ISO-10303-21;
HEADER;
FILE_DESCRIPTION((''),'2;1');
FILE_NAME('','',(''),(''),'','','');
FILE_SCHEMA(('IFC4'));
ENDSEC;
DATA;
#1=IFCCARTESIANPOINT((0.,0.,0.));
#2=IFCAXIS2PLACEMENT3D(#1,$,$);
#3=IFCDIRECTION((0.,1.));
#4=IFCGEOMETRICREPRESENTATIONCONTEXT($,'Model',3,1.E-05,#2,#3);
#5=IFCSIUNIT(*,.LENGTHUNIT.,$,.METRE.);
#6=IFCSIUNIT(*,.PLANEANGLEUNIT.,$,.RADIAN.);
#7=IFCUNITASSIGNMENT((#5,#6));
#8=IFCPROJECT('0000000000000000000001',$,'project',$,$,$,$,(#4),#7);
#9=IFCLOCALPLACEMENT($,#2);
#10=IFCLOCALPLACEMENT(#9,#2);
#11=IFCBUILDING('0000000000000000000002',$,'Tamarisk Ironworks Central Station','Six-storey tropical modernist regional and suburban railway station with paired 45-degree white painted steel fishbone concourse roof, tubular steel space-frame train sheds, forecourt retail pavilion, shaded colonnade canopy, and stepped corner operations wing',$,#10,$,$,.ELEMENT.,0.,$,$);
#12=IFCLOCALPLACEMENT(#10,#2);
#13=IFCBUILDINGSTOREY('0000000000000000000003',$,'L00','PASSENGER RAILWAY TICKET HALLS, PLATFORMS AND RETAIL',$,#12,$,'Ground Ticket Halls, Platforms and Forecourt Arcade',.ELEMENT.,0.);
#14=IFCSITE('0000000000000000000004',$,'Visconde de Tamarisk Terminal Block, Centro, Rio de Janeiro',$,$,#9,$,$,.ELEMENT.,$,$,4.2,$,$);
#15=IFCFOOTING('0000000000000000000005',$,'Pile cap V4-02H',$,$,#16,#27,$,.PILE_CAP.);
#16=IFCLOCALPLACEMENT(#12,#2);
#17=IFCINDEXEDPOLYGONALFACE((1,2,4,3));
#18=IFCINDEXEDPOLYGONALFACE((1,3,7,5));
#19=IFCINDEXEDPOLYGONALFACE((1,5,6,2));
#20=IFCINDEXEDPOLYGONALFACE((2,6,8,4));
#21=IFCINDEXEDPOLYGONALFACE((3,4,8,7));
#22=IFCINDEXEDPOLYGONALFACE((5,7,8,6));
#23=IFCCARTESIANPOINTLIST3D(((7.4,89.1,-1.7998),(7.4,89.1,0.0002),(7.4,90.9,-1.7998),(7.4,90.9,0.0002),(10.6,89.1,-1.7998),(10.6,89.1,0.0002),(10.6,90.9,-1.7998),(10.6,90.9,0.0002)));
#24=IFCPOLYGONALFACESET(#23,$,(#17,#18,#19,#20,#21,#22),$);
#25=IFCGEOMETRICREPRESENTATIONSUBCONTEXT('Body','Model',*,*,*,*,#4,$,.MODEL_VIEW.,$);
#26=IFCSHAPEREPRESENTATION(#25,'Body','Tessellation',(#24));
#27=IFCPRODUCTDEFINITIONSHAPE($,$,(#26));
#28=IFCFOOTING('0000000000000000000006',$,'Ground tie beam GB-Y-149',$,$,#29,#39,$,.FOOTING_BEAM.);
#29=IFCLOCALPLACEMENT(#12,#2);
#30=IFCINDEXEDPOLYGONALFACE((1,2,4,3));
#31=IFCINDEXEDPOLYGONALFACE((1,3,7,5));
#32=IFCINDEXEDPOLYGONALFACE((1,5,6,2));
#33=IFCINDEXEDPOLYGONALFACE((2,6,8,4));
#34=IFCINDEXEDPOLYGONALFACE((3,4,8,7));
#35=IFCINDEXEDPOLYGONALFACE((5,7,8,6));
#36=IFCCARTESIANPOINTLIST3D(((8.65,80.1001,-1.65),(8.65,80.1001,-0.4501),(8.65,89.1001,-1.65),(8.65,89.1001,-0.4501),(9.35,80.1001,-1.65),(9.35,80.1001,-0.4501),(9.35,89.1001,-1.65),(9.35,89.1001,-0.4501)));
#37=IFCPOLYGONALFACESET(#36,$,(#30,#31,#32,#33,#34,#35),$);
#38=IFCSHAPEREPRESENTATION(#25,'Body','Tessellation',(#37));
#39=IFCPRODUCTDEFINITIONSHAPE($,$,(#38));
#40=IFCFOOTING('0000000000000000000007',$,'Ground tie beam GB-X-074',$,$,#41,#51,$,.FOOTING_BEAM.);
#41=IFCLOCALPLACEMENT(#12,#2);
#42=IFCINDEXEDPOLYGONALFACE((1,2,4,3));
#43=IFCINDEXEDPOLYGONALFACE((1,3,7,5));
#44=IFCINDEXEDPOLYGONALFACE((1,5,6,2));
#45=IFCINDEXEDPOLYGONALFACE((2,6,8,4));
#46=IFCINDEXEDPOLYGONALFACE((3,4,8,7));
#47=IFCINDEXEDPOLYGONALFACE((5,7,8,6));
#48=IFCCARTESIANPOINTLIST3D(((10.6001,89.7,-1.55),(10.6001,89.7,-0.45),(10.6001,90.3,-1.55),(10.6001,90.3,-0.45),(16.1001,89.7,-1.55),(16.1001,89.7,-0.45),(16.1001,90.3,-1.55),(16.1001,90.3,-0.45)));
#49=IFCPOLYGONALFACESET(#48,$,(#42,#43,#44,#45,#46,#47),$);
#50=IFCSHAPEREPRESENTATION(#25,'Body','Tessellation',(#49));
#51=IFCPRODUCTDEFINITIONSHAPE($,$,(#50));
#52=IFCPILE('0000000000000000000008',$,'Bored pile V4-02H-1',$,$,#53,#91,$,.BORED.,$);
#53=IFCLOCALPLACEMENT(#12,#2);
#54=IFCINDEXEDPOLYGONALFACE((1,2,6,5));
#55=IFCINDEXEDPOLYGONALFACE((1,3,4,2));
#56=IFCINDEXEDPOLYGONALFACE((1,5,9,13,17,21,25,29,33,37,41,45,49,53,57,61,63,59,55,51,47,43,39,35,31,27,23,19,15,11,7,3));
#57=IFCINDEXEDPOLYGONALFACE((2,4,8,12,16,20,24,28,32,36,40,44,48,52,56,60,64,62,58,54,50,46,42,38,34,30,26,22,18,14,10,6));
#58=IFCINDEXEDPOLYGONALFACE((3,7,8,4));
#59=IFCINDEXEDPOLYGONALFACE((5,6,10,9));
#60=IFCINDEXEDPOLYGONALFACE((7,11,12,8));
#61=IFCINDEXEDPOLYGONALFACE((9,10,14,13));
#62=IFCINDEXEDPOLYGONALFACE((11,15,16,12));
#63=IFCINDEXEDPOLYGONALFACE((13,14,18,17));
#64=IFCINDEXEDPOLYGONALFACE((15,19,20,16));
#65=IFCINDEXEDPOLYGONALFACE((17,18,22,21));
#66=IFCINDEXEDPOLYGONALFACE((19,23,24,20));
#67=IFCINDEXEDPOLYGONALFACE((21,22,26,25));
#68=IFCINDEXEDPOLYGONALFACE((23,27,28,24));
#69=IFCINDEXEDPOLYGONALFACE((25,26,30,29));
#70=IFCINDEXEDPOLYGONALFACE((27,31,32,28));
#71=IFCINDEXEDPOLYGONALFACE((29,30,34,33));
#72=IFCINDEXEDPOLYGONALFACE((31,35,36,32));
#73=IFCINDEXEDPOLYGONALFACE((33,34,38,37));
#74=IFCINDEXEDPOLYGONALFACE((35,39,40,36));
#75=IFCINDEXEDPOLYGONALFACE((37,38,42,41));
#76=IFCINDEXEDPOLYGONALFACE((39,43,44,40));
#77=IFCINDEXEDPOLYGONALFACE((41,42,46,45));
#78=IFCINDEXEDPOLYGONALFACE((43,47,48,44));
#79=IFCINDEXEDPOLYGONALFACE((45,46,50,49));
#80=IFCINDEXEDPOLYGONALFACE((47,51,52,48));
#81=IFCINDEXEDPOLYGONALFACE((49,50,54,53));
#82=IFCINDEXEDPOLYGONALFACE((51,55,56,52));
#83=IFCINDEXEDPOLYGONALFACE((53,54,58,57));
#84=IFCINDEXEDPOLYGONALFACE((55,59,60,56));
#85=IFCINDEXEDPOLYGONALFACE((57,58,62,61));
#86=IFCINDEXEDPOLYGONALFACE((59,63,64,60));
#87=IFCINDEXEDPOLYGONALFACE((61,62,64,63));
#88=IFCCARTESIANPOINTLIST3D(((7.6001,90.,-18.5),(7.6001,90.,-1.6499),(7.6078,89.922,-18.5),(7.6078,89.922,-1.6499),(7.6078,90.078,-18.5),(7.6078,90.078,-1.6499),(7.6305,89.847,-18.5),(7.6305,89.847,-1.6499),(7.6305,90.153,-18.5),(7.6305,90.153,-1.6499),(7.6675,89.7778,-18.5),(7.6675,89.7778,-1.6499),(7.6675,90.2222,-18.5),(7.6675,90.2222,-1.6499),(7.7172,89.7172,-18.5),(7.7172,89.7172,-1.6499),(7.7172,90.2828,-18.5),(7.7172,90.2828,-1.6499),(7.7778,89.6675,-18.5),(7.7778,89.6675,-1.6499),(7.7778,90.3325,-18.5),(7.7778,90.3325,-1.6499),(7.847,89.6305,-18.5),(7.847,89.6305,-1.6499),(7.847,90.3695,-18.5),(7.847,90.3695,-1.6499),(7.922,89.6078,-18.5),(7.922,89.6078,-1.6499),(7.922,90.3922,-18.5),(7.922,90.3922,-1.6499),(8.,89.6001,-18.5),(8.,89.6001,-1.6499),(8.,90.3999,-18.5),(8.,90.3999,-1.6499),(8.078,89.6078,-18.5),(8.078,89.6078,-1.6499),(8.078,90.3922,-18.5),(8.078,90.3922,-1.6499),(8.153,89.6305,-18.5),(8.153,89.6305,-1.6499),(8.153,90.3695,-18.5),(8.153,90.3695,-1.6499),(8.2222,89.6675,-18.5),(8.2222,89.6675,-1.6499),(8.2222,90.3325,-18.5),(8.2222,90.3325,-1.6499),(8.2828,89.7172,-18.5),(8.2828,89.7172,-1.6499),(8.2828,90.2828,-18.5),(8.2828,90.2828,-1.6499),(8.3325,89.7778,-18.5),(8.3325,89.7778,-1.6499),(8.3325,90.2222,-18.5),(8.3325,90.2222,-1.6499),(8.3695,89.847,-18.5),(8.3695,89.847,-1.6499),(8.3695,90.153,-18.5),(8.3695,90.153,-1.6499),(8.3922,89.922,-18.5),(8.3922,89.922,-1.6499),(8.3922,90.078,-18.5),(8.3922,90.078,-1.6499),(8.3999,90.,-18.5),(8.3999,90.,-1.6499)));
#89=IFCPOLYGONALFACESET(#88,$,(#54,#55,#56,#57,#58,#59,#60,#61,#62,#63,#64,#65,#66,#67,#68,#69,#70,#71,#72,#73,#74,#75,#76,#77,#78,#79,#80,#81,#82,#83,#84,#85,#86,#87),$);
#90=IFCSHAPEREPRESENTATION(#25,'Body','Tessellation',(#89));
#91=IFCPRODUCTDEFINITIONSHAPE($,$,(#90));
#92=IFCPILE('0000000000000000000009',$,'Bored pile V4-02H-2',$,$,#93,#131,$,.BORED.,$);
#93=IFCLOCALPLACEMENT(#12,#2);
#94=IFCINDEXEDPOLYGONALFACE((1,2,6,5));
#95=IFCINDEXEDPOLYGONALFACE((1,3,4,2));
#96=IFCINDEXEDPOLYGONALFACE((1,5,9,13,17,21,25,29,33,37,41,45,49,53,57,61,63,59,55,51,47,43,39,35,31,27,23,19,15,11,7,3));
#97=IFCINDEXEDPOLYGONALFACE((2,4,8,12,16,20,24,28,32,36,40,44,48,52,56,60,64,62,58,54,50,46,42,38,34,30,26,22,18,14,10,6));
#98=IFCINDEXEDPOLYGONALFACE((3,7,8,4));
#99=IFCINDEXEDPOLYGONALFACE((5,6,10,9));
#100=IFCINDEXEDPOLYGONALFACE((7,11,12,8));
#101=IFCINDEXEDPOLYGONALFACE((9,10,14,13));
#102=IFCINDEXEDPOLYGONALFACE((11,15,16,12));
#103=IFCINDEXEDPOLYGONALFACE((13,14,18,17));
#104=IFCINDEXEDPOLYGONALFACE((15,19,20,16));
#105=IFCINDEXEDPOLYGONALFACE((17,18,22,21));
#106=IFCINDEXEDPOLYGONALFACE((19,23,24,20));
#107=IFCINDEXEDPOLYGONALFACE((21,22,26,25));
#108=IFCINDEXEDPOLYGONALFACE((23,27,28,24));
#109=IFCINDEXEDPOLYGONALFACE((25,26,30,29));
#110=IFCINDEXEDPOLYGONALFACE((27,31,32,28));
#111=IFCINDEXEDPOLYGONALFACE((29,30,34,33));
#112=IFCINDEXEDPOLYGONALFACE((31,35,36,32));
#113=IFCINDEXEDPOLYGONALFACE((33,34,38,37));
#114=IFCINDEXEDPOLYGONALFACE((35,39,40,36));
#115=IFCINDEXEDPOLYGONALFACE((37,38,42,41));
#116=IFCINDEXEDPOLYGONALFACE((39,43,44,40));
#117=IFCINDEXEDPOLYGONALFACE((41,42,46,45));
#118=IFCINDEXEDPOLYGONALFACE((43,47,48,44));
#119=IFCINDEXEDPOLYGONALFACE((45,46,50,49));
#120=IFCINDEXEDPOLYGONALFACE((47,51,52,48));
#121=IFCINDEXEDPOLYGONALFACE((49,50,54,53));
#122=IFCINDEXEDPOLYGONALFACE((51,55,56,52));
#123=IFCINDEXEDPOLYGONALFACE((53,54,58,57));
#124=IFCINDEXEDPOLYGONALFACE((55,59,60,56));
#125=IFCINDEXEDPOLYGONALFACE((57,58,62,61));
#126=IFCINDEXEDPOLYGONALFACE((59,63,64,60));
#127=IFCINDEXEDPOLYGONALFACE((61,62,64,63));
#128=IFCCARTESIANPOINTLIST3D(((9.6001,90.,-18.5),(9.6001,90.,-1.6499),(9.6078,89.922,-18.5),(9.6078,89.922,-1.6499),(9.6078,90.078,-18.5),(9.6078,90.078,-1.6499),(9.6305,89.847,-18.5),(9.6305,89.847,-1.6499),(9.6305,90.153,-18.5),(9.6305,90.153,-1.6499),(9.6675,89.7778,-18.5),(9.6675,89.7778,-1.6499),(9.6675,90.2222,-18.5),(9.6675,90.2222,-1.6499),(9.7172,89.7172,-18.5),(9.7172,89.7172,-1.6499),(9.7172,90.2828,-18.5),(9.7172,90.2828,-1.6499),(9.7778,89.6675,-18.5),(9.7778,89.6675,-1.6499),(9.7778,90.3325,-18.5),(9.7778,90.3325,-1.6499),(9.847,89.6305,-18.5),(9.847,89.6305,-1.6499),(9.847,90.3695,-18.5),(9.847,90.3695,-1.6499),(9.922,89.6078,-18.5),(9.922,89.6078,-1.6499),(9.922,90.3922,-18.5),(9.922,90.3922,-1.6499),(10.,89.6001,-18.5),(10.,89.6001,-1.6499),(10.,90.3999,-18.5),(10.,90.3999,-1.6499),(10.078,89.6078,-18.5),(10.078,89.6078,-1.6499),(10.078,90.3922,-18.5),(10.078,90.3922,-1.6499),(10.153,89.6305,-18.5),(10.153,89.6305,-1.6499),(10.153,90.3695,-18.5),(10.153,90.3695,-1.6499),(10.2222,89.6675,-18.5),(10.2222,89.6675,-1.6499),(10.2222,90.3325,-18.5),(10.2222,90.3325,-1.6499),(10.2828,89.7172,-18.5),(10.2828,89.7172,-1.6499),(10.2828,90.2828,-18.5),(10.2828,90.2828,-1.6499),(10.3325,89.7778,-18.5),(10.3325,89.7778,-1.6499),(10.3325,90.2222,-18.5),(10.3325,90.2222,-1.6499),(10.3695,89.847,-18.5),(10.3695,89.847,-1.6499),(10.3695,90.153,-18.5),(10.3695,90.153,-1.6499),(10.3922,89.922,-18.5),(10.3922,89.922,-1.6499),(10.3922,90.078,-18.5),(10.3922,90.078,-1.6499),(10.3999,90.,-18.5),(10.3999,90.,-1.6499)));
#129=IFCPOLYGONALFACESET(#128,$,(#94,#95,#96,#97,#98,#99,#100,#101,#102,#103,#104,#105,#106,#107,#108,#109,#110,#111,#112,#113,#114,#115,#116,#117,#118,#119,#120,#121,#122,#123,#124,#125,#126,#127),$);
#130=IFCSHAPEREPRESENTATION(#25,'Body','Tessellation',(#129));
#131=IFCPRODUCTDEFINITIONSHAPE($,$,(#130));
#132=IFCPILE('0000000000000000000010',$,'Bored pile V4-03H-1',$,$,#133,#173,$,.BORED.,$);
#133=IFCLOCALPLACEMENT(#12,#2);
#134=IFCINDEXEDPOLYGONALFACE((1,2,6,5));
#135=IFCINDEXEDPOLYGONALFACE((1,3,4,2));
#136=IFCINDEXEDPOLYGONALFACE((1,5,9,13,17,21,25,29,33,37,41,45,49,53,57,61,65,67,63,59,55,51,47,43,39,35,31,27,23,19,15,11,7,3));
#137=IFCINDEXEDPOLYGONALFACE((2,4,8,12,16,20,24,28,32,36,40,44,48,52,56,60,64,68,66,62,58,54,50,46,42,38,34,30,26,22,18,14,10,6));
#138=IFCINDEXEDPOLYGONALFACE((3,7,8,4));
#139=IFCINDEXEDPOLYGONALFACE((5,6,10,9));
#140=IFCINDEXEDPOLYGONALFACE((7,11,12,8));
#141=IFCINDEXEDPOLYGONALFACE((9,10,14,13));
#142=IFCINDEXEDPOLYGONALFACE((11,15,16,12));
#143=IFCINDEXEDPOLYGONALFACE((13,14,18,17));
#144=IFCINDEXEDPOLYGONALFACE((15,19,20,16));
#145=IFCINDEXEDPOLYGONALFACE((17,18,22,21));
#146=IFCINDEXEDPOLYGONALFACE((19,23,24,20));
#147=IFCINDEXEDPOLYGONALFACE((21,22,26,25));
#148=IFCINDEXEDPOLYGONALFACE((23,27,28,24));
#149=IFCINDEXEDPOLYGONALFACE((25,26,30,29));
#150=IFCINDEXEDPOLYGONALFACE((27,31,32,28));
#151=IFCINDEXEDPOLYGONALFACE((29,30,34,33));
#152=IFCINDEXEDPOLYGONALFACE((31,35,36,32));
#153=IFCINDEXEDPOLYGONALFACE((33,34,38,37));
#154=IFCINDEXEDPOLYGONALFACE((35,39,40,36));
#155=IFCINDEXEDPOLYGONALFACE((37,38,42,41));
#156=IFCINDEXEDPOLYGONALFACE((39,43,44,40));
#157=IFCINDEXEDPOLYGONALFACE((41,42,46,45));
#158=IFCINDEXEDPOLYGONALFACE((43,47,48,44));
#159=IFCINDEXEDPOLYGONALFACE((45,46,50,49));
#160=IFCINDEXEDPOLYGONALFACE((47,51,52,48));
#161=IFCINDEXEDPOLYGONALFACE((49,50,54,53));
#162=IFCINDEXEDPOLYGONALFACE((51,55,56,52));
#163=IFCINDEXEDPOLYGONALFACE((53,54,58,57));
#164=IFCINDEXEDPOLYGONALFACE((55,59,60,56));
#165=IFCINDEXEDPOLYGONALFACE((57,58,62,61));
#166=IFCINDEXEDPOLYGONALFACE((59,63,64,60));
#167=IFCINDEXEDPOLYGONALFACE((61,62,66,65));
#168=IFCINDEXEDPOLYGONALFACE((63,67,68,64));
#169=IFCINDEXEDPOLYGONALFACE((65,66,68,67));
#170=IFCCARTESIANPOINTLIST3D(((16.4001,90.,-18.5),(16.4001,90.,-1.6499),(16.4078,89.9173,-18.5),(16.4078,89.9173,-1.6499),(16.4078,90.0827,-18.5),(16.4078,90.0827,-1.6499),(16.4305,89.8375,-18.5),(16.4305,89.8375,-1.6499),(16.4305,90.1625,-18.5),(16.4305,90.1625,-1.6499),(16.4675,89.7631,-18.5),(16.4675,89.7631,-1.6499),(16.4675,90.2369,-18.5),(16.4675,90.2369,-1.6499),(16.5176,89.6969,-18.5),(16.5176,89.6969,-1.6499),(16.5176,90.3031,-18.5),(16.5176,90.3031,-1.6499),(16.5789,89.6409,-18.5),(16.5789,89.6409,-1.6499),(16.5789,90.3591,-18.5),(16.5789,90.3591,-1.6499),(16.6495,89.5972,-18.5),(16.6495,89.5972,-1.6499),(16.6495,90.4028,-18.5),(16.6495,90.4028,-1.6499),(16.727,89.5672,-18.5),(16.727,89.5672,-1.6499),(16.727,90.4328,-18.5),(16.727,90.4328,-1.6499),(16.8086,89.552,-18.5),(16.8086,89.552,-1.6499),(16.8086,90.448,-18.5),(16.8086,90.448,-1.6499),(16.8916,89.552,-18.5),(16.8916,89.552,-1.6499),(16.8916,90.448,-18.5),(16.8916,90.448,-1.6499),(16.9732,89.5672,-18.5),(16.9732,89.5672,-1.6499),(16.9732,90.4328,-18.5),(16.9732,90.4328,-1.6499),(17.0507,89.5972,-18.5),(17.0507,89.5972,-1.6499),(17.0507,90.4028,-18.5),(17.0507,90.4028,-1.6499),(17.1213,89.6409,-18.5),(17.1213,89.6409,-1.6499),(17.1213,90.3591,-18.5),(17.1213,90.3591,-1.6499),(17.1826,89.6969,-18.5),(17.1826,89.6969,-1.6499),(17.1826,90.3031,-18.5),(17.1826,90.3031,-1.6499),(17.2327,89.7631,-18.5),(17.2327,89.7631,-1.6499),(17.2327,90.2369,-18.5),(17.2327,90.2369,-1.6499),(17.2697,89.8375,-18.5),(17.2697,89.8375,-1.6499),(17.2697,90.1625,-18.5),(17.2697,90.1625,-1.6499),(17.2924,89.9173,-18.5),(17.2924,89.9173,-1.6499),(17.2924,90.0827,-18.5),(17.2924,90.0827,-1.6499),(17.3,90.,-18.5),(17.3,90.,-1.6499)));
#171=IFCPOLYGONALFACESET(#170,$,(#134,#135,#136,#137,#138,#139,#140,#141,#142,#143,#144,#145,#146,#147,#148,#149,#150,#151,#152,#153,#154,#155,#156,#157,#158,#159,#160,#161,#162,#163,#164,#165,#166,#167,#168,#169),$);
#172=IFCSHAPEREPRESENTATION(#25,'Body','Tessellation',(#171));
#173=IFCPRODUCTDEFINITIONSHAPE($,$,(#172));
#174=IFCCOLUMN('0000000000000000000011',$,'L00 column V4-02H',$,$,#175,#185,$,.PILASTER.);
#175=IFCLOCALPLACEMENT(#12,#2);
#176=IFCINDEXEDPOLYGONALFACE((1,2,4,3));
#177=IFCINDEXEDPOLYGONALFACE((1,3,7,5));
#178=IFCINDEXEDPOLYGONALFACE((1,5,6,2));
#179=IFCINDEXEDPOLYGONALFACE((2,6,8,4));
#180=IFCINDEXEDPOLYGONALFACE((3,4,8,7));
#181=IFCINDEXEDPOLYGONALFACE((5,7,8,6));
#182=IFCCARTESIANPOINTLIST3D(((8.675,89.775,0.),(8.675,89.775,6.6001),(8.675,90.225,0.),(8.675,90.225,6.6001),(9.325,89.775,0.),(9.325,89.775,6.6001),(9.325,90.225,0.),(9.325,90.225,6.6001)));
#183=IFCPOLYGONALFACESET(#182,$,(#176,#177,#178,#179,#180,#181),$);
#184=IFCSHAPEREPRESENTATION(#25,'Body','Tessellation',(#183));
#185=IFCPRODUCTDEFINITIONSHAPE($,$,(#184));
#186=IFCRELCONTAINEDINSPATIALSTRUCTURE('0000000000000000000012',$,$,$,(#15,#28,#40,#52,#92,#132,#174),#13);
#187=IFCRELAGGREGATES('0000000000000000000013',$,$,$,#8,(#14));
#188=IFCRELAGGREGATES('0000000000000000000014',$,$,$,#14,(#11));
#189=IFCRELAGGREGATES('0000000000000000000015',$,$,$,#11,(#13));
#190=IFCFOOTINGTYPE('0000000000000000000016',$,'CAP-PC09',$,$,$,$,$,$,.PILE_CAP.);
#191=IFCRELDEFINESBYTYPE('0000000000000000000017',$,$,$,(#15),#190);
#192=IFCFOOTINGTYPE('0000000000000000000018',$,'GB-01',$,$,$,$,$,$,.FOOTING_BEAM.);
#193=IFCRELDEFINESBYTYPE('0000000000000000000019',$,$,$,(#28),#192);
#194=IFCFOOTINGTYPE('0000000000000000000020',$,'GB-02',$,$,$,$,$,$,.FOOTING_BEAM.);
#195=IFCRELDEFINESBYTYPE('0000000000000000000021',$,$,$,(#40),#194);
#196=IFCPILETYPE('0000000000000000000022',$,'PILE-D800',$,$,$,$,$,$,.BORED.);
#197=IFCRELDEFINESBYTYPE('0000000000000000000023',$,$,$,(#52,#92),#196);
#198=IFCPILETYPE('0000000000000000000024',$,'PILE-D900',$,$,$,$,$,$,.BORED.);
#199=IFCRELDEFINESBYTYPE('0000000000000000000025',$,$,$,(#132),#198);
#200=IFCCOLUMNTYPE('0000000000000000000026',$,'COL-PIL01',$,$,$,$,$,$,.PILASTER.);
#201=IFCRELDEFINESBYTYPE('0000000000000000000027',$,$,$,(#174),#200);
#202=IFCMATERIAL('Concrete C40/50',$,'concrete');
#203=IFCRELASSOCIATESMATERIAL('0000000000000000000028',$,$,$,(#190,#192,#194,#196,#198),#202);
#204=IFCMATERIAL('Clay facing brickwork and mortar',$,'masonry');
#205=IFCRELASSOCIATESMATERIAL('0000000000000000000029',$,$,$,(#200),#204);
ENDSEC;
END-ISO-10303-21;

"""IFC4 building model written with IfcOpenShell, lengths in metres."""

from ifc_helpers import new_model, si_unit, direction, frame, origin, origin_2d, place, context, subcontext, project, spatial, rectangle, circle, extrude, material, material_profile, profile_set, type_object, element, save


model = new_model("IFC4")

# Units and contexts
model_context = context("Model", 3, precision=1e-05, world=origin(), true_north=direction((0.0, 1.0)))
body_context = subcontext(model_context, "Body", "Model", "MODEL_VIEW")
ifc_project = project(units=[si_unit("LENGTHUNIT", "METRE"), si_unit("PLANEANGLEUNIT", "RADIAN")], contexts=[model_context])

# Site, building, storey
site_placement = place(None, origin())
site = spatial("IfcSite", under=ifc_project, at=site_placement, Name="Visconde de Tamarisk Terminal Block, Centro, Rio de Janeiro", CompositionType="ELEMENT", RefElevation=4.2)
building_placement = place(site_placement, origin())
building = spatial("IfcBuilding", under=site, at=building_placement, Name="Tamarisk Ironworks Central Station", Description="Six-storey tropical modernist regional and suburban railway station with paired 45-degree white painted steel fishbone concourse roof, tubular steel space-frame train sheds, forecourt retail pavilion, shaded colonnade canopy, and stepped corner operations wing", CompositionType="ELEMENT", ElevationOfRefHeight=0.0)
storey_placement = place(building_placement, origin())
storey = spatial("IfcBuildingStorey", under=building, at=storey_placement, Name="L00", Description="PASSENGER RAILWAY TICKET HALLS, PLATFORMS AND RETAIL", LongName="Ground Ticket Halls, Platforms and Forecourt Arcade", CompositionType="ELEMENT", Elevation=0.0)

# Footings
ifc_material_1 = material(Name="Concrete C40/50", Category="concrete")
footing_type_1 = type_object("IfcFootingType", Name="CAP-PC09", PredefinedType="PILE_CAP", material=ifc_material_1)
footing_1_placement = place(storey_placement, frame((9.0, 90.0, -1.7998), z_axis=(0.0, 0.0, 1.0), x_axis=(1.0, 0.0, 0.0)))
element("IfcFooting", 1, at=footing_1_placement, inside=storey, type_object=footing_type_1, Name="Pile cap V4-02H", PredefinedType="PILE_CAP", context=body_context, shape_type="SweptSolid", body=[
    extrude(rectangle(XDim=3.2, YDim=1.8, at=origin_2d()), origin(), (0.0, 0.0, 1.0), 1.8),
])
ifc_material_profile_1 = material_profile(ifc_material_1, rectangle(XDim=0.7, YDim=1.2, at=origin_2d()), Name="GB01 700x1200")
ifc_profile_set_1 = profile_set([ifc_material_profile_1], Name="Concrete C40/50")
footing_type_2 = type_object("IfcFootingType", Name="GB-01", PredefinedType="FOOTING_BEAM", material=ifc_profile_set_1)
footing_2_placement = place(storey_placement, frame((9.0, 80.1001, -1.05), z_axis=(0.0, 1.0, 0.0), x_axis=(-1.0, 0.0, 0.0)))
element("IfcFooting", 2, at=footing_2_placement, inside=storey, type_object=footing_type_2, Name="Ground tie beam GB-Y-149", PredefinedType="FOOTING_BEAM", context=body_context, shape_type="SweptSolid", body=[
    extrude(rectangle(XDim=0.7, YDim=1.2, at=origin_2d()), origin(), (0.0, 0.0, 1.0), 9.0),
])
ifc_material_profile_2 = material_profile(ifc_material_1, rectangle(XDim=0.6001, YDim=1.1001, at=origin_2d()), Name="GB02 600x1100")
ifc_profile_set_2 = profile_set([ifc_material_profile_2], Name="Concrete C40/50")
footing_type_3 = type_object("IfcFootingType", Name="GB-02", PredefinedType="FOOTING_BEAM", material=ifc_profile_set_2)
footing_3_placement = place(storey_placement, frame((10.6001, 90.0, -1.0), z_axis=(1.0, 0.0, 0.0), x_axis=(0.0, 1.0, 0.0)))
element("IfcFooting", 3, at=footing_3_placement, inside=storey, type_object=footing_type_3, Name="Ground tie beam GB-X-074", PredefinedType="FOOTING_BEAM", context=body_context, shape_type="SweptSolid", body=[
    extrude(rectangle(XDim=0.6001, YDim=1.1001, at=origin_2d()), origin(), (0.0, 0.0, 1.0), 5.5),
])

# Piles
ifc_material_profile_3 = material_profile(ifc_material_1, circle(Radius=0.3999, at=origin_2d()), Name="BORED PILE D800")
ifc_profile_set_3 = profile_set([ifc_material_profile_3], Name="Concrete C40/50")
pile_type_1 = type_object("IfcPileType", Name="PILE-D800", PredefinedType="BORED", material=ifc_profile_set_3)
for number, where, z_axis, x_axis, name in (
    (4, (8.0, 90.0, -1.6499), (0.0, 0.0, -1.0), (1.0, 0.0, 0.0), "Bored pile V4-02H-1"),
    (5, (10.0, 90.0, -1.6499), (0.0, 0.0, -1.0), (1.0, 0.0, 0.0), "Bored pile V4-02H-2"),
):
    element("IfcPile", number, at=place(storey_placement, frame(where, z_axis=z_axis, x_axis=x_axis)), inside=storey, type_object=pile_type_1, Name=name, PredefinedType="BORED", context=body_context, shape_type="SweptSolid", body=[
        extrude(circle(Radius=0.3999, at=origin_2d()), origin(), (0.0, 0.0, 1.0), 16.8501),
    ])
ifc_material_profile_4 = material_profile(ifc_material_1, circle(Radius=0.45, at=origin_2d()), Name="BORED PILE D900")
ifc_profile_set_4 = profile_set([ifc_material_profile_4], Name="Concrete C40/50")
pile_type_2 = type_object("IfcPileType", Name="PILE-D900", PredefinedType="BORED", material=ifc_profile_set_4)
pile_placement = place(storey_placement, frame((16.8501, 90.0, -1.6499), z_axis=(0.0, 0.0, -1.0), x_axis=(1.0, 0.0, 0.0)))
element("IfcPile", 6, at=pile_placement, inside=storey, type_object=pile_type_2, Name="Bored pile V4-03H-1", PredefinedType="BORED", context=body_context, shape_type="SweptSolid", body=[
    extrude(circle(Radius=0.45, at=origin_2d()), origin(), (0.0, 0.0, 1.0), 16.8501),
])

# Column
ifc_material_2 = material(Name="Clay facing brickwork and mortar", Category="masonry")
ifc_material_profile_5 = material_profile(ifc_material_2, rectangle(XDim=0.6499, YDim=0.45, at=origin_2d()), Name="PIL 650x450")
ifc_profile_set_5 = profile_set([ifc_material_profile_5], Name="Clay facing brickwork and mortar")
column_type = type_object("IfcColumnType", Name="COL-PIL01", PredefinedType="PILASTER", material=ifc_profile_set_5)
column_placement = place(storey_placement, frame((9.0, 90.0, 0.0), z_axis=(0.0, 0.0, 1.0), x_axis=(1.0, 0.0, 0.0)))
element("IfcColumn", 7, at=column_placement, inside=storey, type_object=column_type, Name="L00 column V4-02H", PredefinedType="PILASTER", context=body_context, shape_type="SweptSolid", body=[
    extrude(rectangle(XDim=0.6499, YDim=0.45, at=origin_2d()), origin(), (0.0, 0.0, 1.0), 6.6001),
])

save(model, "model.ifc")
